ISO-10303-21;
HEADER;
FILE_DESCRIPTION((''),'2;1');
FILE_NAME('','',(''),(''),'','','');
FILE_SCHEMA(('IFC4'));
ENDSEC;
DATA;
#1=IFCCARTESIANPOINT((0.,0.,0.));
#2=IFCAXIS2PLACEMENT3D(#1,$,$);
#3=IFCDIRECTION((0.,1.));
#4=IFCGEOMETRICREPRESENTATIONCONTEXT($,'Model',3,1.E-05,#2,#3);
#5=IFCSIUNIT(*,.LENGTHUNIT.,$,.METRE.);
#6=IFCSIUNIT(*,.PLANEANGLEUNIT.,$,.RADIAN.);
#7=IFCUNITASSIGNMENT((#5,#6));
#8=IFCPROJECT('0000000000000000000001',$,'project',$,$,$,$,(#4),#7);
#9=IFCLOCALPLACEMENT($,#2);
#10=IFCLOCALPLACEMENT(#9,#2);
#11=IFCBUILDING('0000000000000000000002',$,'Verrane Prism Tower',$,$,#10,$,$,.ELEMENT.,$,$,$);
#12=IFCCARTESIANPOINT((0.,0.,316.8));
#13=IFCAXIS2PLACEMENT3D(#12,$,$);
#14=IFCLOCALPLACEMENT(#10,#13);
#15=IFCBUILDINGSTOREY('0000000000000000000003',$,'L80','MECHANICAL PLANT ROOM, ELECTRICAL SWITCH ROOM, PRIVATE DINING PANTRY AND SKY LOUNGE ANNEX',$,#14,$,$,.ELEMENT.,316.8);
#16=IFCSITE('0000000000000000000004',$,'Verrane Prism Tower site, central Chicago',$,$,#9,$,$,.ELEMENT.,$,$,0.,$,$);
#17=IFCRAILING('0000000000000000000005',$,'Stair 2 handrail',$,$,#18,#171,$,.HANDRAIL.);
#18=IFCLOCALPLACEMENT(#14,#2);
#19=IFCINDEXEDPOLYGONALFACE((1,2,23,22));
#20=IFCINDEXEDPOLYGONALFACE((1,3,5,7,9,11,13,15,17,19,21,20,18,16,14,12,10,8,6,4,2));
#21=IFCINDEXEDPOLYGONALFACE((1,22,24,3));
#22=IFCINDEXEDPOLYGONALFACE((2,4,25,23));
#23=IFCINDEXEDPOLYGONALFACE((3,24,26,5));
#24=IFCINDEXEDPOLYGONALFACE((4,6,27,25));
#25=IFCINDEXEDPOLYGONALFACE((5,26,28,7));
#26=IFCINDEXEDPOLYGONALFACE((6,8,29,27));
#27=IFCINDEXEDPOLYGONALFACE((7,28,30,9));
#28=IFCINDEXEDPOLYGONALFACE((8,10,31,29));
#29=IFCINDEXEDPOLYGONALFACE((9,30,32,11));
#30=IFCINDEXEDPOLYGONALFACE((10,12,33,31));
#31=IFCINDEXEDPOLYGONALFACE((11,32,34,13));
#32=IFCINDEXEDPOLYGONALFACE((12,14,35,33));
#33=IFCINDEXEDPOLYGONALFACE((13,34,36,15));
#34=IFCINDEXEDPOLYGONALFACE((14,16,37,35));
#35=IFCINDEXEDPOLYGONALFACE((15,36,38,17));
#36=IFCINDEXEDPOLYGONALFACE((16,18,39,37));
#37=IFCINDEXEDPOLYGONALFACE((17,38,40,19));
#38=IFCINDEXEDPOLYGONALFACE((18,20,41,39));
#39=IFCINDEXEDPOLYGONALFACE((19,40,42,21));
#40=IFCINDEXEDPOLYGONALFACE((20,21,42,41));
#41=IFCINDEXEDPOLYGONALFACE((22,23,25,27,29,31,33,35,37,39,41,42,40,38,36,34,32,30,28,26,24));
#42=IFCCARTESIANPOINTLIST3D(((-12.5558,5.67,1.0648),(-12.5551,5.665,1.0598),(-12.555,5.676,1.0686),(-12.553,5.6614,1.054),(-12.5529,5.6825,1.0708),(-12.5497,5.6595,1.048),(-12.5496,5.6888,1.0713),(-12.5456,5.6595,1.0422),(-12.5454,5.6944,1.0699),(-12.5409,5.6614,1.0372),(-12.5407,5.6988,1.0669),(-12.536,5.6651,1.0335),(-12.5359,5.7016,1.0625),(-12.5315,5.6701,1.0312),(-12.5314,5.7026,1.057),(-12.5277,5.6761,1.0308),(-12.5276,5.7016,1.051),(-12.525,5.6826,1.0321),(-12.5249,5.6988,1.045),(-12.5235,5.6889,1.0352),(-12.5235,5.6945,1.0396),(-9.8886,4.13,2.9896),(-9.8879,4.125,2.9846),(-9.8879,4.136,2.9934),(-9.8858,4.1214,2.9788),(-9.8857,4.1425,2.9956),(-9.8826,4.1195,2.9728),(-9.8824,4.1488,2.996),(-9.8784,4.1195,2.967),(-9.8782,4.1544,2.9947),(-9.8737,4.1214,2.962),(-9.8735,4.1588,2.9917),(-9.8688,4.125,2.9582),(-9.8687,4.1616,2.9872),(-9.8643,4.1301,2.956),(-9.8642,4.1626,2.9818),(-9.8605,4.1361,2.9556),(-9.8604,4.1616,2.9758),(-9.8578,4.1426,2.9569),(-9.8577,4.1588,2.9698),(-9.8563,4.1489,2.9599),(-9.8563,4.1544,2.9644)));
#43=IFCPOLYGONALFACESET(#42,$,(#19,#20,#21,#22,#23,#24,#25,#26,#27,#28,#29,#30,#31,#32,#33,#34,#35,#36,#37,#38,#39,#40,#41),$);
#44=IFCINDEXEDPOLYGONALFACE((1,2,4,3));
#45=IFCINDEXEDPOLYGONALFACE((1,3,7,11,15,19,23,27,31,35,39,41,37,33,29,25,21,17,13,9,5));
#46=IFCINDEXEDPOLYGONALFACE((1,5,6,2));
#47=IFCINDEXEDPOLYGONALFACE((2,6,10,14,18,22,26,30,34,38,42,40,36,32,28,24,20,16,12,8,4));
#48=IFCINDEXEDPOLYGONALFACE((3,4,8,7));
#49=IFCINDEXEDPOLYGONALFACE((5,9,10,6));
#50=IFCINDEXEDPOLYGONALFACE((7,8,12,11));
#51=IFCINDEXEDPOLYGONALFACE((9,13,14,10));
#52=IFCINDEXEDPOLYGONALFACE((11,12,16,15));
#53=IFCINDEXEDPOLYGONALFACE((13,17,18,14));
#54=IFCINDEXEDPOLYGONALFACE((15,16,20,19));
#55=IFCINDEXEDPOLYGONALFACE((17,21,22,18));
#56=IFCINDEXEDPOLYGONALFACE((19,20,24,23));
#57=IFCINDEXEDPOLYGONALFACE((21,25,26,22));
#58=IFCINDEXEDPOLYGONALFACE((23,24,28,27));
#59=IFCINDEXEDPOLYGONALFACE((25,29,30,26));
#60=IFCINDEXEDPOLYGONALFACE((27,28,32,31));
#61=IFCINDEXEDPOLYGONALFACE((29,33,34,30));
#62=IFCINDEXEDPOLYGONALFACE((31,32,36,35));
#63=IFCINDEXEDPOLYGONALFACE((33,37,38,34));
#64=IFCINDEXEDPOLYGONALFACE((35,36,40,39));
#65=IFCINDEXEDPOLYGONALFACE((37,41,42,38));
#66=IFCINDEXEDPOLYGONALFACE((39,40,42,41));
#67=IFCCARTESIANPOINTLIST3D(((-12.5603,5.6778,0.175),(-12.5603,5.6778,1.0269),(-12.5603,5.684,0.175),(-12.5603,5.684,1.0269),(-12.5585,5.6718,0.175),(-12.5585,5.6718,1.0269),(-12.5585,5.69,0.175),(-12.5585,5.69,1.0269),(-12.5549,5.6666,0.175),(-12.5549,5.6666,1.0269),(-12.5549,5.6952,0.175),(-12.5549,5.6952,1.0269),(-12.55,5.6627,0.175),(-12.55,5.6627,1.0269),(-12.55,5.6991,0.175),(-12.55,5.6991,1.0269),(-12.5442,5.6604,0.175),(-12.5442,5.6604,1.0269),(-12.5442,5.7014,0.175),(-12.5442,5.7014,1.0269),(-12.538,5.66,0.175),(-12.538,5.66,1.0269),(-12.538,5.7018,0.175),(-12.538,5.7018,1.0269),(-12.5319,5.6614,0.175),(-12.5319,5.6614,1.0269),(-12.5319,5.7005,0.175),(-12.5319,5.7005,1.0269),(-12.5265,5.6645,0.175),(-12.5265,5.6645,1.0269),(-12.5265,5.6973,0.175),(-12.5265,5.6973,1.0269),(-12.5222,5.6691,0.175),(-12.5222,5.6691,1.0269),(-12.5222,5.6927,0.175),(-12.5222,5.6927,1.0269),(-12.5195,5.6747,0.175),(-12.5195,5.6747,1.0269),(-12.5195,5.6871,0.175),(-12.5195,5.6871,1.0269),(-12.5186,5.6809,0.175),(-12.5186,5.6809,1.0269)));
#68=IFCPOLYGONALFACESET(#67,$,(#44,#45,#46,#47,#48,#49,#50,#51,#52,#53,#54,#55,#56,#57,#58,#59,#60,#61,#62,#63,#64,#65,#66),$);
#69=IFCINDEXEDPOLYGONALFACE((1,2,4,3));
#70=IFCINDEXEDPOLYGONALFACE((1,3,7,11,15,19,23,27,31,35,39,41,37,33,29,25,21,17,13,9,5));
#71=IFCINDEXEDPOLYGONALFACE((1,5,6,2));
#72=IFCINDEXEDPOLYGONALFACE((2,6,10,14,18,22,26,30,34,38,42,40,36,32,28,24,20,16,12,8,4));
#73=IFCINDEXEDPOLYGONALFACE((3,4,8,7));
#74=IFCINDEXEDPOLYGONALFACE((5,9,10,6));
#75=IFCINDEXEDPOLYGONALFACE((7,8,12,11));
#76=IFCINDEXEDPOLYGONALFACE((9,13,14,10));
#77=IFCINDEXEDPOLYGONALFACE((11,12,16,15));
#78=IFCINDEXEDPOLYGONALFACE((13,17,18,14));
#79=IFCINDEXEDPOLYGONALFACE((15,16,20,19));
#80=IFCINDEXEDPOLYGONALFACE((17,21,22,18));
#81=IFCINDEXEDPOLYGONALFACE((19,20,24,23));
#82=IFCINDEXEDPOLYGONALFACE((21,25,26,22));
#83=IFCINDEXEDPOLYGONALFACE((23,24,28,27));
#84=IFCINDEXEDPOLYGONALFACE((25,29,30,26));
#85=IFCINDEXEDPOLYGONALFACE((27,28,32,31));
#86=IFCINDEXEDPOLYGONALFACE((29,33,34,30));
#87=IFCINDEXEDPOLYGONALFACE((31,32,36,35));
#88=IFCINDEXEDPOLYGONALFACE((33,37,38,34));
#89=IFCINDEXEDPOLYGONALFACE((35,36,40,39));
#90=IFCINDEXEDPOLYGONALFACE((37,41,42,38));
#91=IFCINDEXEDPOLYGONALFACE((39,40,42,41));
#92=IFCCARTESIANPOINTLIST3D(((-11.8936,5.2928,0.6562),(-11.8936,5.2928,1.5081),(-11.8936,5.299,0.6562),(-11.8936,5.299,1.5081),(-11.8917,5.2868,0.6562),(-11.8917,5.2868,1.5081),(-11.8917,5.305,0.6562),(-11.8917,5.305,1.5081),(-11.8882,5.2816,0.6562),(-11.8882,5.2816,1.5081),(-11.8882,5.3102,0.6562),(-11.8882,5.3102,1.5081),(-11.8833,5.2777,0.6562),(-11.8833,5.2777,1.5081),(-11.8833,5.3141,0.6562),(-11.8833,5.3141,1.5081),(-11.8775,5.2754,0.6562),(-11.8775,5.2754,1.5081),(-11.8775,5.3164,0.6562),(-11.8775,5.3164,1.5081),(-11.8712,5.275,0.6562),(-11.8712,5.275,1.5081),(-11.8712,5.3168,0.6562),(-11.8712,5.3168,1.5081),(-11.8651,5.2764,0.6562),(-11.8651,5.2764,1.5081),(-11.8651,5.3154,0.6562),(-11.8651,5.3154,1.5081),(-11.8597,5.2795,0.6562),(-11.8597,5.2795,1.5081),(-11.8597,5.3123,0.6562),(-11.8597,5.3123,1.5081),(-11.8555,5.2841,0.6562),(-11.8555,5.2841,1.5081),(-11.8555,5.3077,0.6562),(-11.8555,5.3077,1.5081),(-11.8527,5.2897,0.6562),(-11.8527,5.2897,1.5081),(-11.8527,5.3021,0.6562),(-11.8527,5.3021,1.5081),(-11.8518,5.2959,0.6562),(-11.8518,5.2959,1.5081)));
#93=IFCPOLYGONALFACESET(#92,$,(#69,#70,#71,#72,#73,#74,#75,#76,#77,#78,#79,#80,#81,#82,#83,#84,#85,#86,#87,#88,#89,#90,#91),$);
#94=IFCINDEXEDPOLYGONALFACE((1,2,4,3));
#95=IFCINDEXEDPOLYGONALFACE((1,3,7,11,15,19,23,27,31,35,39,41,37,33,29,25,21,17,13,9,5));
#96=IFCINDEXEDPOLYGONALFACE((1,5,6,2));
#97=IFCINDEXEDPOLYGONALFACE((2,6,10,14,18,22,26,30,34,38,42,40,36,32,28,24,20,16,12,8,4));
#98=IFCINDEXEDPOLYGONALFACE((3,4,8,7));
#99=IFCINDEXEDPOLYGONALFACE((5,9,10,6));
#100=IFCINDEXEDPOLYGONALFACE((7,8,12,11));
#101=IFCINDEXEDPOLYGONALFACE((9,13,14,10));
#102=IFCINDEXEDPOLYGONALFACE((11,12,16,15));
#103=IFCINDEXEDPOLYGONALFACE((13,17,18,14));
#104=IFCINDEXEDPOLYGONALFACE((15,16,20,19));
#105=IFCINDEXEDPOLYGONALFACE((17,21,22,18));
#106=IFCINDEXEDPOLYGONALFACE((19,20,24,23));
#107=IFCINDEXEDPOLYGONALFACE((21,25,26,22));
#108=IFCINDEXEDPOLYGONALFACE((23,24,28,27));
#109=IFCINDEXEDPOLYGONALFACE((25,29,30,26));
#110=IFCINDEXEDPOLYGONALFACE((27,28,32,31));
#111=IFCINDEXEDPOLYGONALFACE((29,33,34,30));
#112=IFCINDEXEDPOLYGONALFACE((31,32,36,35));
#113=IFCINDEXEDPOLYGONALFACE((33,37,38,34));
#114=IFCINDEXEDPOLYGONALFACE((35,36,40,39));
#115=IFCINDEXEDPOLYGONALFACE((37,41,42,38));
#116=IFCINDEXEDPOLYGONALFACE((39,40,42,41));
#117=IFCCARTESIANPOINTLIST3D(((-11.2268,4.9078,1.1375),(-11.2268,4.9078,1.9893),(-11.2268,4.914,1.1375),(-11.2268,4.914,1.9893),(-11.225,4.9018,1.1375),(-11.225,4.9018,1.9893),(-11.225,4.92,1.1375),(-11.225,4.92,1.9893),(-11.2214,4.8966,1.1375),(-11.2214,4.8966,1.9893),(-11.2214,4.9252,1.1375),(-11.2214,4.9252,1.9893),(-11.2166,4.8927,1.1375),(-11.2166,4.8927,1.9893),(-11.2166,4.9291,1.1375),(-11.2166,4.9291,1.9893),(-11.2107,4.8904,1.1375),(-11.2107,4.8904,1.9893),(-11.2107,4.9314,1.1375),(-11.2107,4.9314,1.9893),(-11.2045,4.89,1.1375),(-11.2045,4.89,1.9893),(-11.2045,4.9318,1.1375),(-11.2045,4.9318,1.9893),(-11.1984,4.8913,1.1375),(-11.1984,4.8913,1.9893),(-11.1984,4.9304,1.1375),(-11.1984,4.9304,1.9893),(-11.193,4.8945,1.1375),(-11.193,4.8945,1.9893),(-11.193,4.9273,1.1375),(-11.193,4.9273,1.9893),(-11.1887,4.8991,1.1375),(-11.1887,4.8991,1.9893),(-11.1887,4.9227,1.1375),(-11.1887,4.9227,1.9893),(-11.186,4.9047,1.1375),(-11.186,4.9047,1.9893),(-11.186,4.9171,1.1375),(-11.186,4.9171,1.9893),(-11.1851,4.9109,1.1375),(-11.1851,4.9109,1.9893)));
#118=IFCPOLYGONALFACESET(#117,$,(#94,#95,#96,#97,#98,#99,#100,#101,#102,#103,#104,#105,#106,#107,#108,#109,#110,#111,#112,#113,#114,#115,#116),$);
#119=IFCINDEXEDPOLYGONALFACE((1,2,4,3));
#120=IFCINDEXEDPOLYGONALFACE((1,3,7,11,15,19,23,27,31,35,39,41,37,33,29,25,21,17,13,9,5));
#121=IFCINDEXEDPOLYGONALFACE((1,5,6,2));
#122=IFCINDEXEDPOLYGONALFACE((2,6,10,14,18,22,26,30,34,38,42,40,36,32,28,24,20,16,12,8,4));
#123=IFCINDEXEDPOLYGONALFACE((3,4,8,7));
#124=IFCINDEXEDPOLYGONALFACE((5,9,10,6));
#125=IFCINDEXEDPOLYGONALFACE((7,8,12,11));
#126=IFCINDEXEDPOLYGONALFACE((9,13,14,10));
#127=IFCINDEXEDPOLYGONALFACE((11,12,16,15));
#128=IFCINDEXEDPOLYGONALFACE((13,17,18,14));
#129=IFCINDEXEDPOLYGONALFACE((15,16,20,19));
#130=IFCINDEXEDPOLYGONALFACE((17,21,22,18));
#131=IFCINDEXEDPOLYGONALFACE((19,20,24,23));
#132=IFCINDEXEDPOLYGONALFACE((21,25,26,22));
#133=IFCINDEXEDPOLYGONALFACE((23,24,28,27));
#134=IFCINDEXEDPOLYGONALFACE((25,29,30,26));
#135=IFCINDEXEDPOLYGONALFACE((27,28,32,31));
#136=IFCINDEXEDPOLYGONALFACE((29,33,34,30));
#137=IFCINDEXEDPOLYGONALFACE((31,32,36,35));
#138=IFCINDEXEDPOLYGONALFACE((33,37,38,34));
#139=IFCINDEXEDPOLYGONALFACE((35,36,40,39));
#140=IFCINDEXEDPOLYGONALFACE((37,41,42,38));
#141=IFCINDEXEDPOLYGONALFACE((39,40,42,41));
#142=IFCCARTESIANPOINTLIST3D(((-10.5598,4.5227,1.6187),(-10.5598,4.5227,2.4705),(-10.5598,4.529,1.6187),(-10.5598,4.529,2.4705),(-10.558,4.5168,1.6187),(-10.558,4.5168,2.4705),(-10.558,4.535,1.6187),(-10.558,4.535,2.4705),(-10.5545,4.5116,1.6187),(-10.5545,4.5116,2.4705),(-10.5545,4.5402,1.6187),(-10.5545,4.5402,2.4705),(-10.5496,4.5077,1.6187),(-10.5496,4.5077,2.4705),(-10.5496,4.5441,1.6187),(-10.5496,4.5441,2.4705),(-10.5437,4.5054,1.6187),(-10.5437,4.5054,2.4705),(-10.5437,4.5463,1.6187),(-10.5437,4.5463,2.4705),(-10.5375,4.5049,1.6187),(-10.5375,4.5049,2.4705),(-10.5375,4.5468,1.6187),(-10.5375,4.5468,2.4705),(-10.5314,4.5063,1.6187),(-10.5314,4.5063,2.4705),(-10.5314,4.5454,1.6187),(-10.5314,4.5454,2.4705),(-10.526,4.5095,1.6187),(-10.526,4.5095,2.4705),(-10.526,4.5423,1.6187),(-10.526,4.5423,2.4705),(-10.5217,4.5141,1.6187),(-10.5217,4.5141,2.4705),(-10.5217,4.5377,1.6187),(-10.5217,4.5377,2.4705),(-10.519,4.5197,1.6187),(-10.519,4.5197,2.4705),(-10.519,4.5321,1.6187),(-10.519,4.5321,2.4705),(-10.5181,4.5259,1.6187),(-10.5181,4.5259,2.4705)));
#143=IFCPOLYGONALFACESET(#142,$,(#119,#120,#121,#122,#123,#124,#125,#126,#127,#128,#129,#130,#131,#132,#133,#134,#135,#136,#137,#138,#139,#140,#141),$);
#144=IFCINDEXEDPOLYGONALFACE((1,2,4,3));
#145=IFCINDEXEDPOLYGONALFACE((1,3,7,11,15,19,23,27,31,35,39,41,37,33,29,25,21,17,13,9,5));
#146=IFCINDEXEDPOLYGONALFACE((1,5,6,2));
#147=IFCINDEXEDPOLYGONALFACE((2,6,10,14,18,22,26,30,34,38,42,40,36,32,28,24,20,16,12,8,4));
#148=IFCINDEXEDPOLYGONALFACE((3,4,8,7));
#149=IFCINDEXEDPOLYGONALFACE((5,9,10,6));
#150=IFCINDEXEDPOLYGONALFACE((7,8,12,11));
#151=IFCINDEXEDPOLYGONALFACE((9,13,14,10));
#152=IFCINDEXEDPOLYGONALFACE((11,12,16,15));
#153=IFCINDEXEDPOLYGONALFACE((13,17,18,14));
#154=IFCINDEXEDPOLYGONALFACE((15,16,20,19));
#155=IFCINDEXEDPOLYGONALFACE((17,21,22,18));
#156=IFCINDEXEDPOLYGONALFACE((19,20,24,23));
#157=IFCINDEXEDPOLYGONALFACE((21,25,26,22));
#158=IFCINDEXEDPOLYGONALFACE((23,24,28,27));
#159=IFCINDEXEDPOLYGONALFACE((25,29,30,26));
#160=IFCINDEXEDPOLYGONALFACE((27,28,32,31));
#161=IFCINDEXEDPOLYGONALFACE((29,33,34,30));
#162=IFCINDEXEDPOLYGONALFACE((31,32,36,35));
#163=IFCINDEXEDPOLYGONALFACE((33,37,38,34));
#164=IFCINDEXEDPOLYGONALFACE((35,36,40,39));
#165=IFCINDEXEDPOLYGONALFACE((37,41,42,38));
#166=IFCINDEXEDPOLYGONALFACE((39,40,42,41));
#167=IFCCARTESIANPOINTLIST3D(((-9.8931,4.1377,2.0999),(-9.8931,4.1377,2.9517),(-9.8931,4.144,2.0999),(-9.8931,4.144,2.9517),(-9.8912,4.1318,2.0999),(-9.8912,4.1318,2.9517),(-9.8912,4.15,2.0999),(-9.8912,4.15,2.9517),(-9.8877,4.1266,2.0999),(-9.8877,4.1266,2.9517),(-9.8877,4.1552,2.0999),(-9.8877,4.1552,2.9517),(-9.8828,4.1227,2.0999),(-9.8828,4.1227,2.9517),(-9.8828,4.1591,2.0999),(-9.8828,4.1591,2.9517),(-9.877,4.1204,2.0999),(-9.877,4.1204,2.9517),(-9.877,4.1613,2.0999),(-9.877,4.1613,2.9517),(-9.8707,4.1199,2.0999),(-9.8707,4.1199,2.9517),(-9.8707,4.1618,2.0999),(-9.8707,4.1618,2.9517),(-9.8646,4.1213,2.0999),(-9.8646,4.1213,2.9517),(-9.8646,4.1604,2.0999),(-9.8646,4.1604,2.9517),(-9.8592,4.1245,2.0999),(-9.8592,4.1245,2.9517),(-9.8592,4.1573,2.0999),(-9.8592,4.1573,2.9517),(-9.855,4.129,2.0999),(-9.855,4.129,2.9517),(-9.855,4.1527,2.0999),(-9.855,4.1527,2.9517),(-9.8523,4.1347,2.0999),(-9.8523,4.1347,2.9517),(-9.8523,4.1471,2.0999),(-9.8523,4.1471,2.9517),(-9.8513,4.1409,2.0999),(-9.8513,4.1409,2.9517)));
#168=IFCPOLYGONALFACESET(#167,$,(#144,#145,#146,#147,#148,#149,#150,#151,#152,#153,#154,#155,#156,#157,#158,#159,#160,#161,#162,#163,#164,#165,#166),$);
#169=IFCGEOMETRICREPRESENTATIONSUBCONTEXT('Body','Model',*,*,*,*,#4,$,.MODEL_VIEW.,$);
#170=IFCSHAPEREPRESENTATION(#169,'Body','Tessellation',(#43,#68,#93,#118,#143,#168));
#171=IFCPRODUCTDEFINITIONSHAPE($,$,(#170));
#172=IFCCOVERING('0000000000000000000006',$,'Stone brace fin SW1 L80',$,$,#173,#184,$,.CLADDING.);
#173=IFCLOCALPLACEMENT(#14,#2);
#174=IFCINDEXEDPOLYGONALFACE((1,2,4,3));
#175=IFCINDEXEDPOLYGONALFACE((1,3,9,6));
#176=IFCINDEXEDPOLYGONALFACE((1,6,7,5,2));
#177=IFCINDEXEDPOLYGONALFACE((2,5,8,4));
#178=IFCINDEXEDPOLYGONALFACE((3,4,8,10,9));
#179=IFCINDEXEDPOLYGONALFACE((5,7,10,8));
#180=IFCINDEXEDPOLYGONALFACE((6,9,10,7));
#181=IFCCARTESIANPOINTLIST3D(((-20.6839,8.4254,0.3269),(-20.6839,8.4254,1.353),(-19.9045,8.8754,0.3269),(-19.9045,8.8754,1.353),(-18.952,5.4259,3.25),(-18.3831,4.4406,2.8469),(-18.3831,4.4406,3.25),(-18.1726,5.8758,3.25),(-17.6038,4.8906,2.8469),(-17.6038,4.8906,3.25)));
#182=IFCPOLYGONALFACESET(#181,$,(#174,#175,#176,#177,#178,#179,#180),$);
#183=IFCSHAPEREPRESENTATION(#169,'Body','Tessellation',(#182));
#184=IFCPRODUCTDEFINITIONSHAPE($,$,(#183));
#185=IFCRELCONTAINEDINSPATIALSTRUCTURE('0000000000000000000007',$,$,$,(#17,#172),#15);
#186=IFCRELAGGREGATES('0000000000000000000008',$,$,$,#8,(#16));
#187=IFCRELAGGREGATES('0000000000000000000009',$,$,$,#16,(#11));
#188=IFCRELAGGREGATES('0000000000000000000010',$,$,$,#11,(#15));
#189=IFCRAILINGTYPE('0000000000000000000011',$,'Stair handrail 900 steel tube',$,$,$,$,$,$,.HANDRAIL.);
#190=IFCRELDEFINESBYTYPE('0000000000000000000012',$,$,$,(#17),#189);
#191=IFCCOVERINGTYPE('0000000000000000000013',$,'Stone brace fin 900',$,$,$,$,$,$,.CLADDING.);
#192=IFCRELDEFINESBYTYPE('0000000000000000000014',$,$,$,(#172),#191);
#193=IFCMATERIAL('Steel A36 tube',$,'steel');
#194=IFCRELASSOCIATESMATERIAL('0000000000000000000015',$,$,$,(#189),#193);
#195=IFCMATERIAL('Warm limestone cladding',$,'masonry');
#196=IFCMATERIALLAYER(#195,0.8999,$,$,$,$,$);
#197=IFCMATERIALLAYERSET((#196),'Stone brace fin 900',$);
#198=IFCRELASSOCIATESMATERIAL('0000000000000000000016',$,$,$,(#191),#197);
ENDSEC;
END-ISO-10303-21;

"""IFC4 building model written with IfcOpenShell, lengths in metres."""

from ifc_helpers import new_model, si_unit, direction, frame, origin, origin_2d, place, context, subcontext, project, spatial, polyline, circle, outline, extrude, material, layer, layer_set, type_object, element, save


model = new_model("IFC4")

# Units and contexts
model_context = context("Model", 3, precision=1e-05, world=origin(), true_north=direction((0.0, 1.0)))
body_context = subcontext(model_context, "Body", "Model", "MODEL_VIEW")
ifc_project = project(units=[si_unit("LENGTHUNIT", "METRE"), si_unit("PLANEANGLEUNIT", "RADIAN")], contexts=[model_context])

# Site, building, storey
site_placement = place(None, origin())
site = spatial("IfcSite", under=ifc_project, at=site_placement, Name="Verrane Prism Tower site, central Chicago", CompositionType="ELEMENT", RefElevation=0.0)
building_placement = place(site_placement, origin())
building = spatial("IfcBuilding", under=site, at=building_placement, Name="Verrane Prism Tower", CompositionType="ELEMENT")
storey_placement = place(building_placement, frame((0.0, 0.0, 316.8)))
storey = spatial("IfcBuildingStorey", under=building, at=storey_placement, Name="L80", Description="MECHANICAL PLANT ROOM, ELECTRICAL SWITCH ROOM, PRIVATE DINING PANTRY AND SKY LOUNGE ANNEX", CompositionType="ELEMENT", Elevation=316.8)

# Railing
ifc_material_1 = material(Name="Steel A36 tube", Category="steel")
railing_type_1 = type_object("IfcRailingType", Name="Stair handrail 900 steel tube", PredefinedType="HANDRAIL", material=ifc_material_1)
railing_1_placement = place(storey_placement, frame((-12.5396, 5.6809, 0.175)))
element("IfcRailing", 1, at=railing_1_placement, inside=storey, type_object=railing_type_1, Name="Stair 2 handrail", PredefinedType="HANDRAIL", context=body_context, shape_type="SweptSolid", body=[
    extrude(circle(Radius=0.0239, at=origin_2d()), frame((0.0, 0.0, 0.876), z_axis=(0.73439, -0.424031, 0.529971), x_axis=(0.500027, 0.86601, 0.0)), (0.0, 0.0, 1.0), 3.6318),
    extrude(circle(Radius=0.021, at=origin_2d()), origin(), (0.0, 0.0, 1.0), 0.8518),
    extrude(circle(Radius=0.021, at=origin_2d()), frame((0.6667, -0.385, 0.4812)), (0.0, 0.0, 1.0), 0.8518),
    extrude(circle(Radius=0.021, at=origin_2d()), frame((1.3335, -0.77, 0.9624)), (0.0, 0.0, 1.0), 0.8518),
    extrude(circle(Radius=0.021, at=origin_2d()), frame((2.0005, -1.155, 1.4436)), (0.0, 0.0, 1.0), 0.8518),
    extrude(circle(Radius=0.021, at=origin_2d()), frame((2.6672, -1.54, 1.9248)), (0.0, 0.0, 1.0), 0.8518),
])

# Covering
ifc_material_2 = material(Name="Warm limestone cladding", Category="masonry")
ifc_layer_1 = layer(ifc_material_2, 0.8999)
ifc_layer_set_1 = layer_set([ifc_layer_1], Name="Stone brace fin 900")
covering_type = type_object("IfcCoveringType", Name="Stone brace fin 900", PredefinedType="CLADDING", material=ifc_layer_set_1)
covering_placement = place(storey_placement, frame((-20.2942, 8.6504, 0.3269), z_axis=(0.0, 0.0, 1.0), x_axis=(0.500019, -0.866014, 0.0)))
element("IfcCovering", 2, at=covering_placement, inside=storey, type_object=covering_type, Name="Stone brace fin SW1 L80", PredefinedType="CLADDING", context=body_context, shape_type="SweptSolid", body=[
    extrude(outline(polyline([(4.6013, 2.9231), (3.4636, 2.9231), (0.0, 1.0261), (0.0, 0.0), (4.6013, 2.52), (4.6013, 2.9231)])), frame((0.0, 0.45, 0.0), z_axis=(0.0, -1.0, 0.0), x_axis=(1.0, 0.0, 0.0)), (0.0, 0.0, 1.0), 0.8999),
])

save(model, "model.ifc")
